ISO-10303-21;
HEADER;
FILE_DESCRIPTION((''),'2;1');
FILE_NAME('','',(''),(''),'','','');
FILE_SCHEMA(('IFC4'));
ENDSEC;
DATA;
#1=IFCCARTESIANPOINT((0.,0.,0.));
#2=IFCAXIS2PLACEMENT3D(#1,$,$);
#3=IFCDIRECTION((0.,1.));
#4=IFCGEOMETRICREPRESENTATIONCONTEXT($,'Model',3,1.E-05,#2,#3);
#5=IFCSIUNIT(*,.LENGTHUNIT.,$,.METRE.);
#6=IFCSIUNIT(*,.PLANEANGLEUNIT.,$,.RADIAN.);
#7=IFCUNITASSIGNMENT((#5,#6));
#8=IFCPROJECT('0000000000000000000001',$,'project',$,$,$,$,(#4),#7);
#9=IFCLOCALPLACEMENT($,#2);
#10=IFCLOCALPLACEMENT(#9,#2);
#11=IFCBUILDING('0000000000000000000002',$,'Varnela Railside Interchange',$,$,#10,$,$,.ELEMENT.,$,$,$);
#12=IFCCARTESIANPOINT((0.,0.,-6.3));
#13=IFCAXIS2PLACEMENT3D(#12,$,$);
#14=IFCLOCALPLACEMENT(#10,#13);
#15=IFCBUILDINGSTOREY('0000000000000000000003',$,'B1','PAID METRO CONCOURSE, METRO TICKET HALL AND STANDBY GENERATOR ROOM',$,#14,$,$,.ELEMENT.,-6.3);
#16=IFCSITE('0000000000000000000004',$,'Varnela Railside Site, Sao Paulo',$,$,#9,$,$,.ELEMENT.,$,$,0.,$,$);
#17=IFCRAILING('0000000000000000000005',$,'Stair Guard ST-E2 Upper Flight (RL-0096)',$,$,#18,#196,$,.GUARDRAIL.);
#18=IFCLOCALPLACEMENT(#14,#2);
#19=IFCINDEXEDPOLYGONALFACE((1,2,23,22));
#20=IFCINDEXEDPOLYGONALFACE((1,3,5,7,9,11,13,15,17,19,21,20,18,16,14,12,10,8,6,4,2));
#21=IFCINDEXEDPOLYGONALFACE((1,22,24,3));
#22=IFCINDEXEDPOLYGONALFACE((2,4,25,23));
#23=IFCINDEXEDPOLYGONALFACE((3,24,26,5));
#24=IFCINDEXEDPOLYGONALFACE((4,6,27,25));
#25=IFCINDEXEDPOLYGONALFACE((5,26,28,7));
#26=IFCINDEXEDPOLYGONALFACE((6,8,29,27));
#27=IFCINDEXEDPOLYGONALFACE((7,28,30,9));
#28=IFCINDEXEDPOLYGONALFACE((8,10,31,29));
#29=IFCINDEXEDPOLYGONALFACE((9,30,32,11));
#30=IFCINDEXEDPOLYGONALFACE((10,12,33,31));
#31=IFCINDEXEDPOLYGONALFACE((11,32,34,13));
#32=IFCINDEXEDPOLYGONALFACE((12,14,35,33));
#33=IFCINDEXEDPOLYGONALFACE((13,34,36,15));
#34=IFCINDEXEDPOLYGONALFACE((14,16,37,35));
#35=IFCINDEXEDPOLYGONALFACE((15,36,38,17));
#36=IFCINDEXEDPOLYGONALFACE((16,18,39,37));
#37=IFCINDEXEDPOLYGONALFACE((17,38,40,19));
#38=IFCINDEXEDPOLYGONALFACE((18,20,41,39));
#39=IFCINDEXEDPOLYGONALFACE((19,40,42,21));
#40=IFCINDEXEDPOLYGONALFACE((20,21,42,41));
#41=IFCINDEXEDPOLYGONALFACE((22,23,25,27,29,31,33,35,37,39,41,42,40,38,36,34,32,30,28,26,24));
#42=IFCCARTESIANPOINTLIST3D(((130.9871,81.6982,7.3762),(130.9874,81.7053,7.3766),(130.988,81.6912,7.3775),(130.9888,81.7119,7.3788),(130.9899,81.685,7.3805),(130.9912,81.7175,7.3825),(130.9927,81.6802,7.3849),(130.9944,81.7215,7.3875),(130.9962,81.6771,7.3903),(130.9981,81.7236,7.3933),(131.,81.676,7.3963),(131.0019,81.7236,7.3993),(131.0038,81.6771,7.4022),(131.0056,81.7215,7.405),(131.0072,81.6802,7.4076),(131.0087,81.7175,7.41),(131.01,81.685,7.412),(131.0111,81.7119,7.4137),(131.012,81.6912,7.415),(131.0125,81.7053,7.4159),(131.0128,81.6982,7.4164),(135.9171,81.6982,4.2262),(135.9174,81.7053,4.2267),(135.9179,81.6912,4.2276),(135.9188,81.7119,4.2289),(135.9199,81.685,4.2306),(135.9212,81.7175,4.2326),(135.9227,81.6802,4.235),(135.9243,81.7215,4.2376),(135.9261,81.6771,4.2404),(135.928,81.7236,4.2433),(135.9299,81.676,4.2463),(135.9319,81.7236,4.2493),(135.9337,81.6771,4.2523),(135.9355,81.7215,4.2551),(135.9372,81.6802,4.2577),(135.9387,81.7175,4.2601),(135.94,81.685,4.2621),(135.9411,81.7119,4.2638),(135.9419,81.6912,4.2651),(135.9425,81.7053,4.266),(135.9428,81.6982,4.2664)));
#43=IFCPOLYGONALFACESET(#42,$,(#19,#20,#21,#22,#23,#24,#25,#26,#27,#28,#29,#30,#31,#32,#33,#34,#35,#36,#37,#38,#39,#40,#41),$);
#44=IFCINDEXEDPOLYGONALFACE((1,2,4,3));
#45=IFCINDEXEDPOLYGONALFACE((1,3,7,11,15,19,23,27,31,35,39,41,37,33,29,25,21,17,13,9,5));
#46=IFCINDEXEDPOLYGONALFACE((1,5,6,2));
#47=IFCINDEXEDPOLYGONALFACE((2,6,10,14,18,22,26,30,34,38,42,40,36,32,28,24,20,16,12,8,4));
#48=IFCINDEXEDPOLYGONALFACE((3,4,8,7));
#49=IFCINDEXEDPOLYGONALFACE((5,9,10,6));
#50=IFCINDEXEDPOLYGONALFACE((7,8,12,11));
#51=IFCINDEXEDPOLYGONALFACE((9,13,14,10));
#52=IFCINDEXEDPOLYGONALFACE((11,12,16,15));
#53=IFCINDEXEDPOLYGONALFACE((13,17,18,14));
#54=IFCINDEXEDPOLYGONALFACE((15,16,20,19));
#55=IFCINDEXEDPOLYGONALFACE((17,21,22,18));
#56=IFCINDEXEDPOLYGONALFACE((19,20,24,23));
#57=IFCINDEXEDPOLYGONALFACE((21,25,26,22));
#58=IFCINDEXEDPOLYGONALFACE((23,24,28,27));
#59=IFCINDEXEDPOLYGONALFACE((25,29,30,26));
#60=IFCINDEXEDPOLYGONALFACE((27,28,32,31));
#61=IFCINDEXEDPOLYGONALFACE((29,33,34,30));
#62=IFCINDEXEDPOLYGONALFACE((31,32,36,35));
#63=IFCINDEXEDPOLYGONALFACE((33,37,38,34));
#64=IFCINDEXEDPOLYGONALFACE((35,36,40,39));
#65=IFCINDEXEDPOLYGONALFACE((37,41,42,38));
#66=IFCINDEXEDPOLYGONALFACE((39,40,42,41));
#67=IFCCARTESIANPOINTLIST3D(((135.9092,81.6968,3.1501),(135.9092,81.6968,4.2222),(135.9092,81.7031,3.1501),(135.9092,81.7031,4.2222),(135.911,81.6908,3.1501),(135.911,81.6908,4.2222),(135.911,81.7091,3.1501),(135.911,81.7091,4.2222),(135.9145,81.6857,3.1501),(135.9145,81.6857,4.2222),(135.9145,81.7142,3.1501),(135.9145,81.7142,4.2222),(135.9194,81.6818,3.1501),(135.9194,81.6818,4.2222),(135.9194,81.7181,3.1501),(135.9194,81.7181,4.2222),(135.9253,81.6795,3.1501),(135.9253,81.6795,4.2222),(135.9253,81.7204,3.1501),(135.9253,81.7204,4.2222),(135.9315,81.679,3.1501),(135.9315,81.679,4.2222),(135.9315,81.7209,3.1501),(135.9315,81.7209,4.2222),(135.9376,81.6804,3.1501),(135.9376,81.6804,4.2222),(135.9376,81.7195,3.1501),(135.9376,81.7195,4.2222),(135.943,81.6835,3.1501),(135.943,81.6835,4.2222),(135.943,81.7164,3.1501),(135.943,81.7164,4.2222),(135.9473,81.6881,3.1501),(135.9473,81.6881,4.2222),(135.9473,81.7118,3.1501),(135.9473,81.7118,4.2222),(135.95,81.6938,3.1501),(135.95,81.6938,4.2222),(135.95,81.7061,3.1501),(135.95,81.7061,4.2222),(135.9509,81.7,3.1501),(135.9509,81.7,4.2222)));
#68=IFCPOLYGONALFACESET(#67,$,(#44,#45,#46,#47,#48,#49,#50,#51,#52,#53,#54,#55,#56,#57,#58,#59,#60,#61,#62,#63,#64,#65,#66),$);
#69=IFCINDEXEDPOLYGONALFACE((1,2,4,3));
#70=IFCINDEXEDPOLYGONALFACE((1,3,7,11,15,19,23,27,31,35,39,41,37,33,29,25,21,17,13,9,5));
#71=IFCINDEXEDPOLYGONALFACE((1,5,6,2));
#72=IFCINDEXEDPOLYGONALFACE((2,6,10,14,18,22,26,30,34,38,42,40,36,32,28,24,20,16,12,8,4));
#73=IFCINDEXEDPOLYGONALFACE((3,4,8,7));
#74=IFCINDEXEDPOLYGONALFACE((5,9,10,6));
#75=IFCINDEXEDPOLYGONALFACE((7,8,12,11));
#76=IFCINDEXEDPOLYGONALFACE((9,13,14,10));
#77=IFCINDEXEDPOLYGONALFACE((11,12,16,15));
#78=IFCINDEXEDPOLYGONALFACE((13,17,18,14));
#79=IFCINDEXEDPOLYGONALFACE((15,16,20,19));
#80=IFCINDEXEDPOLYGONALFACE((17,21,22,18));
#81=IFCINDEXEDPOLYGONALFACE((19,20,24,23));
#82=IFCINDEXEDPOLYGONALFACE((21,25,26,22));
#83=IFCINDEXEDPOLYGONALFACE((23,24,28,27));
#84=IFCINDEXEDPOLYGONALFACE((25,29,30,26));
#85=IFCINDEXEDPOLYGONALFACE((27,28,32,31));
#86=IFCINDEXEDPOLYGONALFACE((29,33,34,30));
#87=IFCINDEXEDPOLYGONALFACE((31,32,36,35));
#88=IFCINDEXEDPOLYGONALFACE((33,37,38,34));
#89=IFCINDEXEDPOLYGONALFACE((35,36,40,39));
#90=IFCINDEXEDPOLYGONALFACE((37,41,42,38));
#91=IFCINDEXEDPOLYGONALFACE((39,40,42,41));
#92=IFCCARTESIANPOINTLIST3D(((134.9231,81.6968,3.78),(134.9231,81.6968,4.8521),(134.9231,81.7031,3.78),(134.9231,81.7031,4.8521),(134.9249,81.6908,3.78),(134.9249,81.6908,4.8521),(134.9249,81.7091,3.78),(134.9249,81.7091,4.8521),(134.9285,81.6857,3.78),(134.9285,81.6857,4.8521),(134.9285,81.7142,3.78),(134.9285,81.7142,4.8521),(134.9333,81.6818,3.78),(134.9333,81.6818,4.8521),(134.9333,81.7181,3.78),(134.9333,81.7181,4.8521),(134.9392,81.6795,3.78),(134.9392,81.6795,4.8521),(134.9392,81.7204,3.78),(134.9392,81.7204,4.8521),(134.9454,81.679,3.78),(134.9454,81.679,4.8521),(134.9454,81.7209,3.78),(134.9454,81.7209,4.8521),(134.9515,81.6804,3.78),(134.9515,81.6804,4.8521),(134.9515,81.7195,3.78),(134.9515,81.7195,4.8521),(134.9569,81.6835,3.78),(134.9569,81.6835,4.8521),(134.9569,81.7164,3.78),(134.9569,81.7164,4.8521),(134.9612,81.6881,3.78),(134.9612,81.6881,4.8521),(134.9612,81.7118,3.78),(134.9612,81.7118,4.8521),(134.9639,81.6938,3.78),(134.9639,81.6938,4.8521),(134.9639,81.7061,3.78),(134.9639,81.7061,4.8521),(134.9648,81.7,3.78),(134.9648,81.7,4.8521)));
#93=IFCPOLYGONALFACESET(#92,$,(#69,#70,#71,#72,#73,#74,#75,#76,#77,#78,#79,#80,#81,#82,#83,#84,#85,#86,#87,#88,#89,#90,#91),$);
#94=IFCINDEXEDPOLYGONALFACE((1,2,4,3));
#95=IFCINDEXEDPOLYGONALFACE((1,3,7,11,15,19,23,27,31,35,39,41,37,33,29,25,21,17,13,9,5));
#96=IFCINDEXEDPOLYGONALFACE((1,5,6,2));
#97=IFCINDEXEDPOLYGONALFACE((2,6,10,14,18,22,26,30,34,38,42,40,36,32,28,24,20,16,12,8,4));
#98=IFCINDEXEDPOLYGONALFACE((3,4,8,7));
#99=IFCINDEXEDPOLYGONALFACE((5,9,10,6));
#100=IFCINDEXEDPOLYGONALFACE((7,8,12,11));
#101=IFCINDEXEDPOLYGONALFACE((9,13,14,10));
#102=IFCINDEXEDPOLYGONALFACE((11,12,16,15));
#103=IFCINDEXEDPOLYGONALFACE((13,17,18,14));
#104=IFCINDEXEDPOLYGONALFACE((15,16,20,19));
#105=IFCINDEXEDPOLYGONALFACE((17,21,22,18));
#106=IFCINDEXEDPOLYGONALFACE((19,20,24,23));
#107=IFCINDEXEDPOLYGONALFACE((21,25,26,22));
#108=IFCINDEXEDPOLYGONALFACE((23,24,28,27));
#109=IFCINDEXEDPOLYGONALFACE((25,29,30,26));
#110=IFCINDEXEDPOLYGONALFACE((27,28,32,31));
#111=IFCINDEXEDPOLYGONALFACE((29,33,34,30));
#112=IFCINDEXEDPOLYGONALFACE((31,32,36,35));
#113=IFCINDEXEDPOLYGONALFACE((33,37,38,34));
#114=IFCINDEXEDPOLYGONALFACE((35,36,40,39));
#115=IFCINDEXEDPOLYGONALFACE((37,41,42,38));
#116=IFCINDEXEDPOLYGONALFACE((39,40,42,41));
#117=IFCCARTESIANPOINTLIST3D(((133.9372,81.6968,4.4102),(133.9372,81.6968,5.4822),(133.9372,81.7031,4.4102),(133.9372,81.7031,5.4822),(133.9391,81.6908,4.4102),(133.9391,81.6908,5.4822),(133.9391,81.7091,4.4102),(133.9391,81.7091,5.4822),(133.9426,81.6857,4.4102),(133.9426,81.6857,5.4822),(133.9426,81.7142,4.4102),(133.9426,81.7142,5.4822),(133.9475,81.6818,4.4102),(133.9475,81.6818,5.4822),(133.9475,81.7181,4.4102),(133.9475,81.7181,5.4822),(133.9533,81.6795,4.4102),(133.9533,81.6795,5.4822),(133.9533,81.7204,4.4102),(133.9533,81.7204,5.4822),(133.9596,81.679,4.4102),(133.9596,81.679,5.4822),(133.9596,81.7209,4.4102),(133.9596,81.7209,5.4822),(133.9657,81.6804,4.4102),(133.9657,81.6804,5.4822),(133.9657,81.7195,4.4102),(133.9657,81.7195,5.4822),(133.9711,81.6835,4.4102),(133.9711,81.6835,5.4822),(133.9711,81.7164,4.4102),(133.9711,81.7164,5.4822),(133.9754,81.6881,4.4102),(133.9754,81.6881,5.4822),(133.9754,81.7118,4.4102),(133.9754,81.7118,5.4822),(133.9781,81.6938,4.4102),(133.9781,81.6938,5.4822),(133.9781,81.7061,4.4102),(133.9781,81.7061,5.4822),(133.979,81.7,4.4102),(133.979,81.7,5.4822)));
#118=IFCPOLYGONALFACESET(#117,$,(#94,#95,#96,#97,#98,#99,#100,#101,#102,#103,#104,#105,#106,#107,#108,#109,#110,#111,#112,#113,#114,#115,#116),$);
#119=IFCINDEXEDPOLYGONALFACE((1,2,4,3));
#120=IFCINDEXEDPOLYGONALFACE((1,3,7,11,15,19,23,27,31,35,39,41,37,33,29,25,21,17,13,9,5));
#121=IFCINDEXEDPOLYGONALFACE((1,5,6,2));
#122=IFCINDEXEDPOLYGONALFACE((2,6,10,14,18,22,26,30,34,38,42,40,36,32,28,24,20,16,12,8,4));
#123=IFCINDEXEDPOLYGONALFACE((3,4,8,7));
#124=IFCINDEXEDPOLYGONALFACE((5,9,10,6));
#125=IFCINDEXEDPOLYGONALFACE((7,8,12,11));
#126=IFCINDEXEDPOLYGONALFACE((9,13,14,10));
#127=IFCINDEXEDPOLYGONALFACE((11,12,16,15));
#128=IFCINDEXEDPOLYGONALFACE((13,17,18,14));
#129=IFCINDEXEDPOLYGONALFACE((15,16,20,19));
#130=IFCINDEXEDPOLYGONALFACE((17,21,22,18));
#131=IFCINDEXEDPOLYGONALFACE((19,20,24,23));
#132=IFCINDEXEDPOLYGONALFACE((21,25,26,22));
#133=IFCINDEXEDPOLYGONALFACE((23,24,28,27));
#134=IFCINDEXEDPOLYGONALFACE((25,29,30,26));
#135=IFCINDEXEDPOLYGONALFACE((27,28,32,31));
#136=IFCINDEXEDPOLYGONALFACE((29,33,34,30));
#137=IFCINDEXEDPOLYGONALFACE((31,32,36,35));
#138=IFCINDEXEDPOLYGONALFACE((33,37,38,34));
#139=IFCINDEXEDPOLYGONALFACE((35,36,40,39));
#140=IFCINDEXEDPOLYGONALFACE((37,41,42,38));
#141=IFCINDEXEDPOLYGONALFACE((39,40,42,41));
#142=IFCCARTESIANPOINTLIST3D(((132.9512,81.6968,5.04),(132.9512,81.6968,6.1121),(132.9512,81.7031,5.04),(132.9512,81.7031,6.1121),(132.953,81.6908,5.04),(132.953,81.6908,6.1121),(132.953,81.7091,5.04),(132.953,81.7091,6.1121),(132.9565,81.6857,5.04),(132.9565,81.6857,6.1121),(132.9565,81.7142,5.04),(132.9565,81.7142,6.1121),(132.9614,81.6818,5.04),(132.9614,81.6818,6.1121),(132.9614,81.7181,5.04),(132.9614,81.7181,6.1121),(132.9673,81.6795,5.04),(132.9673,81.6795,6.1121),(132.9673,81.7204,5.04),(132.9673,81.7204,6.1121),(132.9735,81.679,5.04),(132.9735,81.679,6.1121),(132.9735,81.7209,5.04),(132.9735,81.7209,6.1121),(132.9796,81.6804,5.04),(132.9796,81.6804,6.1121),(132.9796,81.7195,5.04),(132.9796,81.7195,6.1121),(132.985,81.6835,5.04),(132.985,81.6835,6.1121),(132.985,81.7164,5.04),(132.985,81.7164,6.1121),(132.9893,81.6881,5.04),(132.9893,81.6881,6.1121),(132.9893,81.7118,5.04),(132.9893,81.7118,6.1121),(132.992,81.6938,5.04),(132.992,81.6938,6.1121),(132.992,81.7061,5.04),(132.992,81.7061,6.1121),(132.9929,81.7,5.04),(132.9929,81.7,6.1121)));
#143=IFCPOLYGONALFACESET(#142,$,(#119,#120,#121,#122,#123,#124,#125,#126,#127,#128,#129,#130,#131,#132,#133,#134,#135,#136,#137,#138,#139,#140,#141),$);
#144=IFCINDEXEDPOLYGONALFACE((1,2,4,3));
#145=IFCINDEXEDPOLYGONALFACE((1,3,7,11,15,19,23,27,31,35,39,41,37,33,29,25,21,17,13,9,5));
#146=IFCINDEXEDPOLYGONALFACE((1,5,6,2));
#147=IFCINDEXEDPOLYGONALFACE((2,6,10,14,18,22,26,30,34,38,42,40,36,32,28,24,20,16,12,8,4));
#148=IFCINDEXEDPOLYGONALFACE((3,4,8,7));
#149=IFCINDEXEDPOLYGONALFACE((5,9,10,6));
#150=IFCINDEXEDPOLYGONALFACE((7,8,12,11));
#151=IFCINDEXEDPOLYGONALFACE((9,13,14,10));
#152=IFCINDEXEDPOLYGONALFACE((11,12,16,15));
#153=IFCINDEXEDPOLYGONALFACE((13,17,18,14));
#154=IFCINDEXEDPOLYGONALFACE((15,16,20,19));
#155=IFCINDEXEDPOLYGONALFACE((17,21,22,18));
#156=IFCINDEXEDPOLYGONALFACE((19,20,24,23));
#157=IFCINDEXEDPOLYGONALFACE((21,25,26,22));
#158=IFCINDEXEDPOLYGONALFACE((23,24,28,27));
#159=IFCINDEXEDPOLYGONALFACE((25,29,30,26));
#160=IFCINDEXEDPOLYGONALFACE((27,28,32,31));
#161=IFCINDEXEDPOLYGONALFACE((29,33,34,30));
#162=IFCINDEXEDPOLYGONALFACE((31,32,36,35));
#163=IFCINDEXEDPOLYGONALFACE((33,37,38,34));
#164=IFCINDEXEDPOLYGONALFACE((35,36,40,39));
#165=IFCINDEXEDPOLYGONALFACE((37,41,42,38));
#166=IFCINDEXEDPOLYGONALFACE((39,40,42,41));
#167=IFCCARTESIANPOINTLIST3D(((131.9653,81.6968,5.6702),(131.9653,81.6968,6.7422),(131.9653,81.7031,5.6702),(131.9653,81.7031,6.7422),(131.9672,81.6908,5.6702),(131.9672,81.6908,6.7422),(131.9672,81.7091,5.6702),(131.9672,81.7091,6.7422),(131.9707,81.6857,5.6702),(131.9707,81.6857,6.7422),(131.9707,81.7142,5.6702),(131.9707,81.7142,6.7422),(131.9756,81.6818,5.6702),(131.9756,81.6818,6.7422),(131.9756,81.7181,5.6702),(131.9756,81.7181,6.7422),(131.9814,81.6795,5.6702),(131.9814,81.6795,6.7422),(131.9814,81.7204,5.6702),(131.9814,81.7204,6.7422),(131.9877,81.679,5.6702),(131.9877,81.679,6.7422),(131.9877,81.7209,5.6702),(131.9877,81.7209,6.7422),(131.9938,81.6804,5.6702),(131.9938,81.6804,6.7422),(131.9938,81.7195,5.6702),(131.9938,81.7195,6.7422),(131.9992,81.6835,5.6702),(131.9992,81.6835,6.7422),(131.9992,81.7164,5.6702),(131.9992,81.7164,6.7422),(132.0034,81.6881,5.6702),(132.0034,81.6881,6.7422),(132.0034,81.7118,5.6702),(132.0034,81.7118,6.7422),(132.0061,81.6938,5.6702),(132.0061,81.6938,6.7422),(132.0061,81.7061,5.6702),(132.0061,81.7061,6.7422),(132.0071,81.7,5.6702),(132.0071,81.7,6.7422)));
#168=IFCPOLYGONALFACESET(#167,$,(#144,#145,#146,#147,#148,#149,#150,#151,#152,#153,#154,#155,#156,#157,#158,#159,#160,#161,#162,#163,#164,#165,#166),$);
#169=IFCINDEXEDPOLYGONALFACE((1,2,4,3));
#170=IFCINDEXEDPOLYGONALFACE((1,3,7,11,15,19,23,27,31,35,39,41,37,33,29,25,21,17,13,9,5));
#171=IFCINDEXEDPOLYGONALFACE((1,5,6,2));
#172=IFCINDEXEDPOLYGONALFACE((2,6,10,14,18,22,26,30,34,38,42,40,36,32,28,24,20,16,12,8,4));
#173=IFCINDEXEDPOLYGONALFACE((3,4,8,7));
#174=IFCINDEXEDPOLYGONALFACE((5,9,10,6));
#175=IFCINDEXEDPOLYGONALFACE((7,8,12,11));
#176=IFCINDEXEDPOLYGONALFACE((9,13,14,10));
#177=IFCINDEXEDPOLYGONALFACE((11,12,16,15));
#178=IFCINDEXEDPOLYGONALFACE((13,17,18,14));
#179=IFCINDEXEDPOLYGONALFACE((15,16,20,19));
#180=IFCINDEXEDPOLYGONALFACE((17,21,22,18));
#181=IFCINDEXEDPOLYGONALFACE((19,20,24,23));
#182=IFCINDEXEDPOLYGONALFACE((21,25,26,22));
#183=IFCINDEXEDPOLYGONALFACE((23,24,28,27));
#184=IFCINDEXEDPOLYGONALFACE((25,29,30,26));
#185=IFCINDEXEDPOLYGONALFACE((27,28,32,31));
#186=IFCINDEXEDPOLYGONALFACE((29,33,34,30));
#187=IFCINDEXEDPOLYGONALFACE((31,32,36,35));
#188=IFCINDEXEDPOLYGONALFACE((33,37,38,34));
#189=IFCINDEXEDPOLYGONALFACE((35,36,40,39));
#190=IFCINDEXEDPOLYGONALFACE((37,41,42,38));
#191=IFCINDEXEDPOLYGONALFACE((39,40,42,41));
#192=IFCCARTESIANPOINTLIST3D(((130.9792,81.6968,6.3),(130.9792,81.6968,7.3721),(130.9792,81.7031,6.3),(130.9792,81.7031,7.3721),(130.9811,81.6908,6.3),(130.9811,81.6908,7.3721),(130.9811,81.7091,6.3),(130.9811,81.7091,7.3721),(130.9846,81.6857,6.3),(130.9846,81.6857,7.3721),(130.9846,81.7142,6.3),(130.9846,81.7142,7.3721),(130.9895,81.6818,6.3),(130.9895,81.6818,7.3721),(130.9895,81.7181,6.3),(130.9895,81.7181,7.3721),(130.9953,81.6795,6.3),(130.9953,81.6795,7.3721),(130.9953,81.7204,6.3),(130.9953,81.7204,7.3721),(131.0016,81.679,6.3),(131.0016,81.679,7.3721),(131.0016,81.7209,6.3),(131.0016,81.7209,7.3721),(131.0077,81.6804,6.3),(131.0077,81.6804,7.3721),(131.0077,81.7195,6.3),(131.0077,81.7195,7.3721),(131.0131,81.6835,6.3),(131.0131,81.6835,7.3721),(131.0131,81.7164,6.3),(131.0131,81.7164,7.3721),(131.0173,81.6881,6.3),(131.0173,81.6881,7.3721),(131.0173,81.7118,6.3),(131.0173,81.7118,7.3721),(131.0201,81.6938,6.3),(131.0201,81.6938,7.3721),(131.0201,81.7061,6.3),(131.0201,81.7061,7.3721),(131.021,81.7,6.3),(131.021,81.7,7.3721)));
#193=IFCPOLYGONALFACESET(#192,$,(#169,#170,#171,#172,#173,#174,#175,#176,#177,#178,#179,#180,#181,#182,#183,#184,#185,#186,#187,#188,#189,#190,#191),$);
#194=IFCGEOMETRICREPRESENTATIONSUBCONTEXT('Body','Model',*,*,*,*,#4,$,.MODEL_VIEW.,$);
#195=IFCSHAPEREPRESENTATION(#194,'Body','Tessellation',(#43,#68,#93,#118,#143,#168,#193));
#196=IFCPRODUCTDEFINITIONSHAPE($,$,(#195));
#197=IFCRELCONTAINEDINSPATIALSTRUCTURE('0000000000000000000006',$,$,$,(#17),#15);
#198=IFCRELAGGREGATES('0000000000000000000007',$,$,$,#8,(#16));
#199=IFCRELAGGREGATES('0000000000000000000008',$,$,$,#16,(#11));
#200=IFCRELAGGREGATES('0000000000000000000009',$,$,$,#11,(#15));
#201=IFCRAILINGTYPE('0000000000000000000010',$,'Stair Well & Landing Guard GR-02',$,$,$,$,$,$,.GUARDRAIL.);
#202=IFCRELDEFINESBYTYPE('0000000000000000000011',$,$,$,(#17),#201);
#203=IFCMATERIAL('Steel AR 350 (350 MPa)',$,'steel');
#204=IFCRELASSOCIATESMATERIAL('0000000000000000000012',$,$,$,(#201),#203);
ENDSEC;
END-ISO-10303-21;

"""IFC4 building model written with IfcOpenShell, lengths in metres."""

from ifc_helpers import new_model, si_unit, direction, frame, origin, origin_2d, place, context, subcontext, project, spatial, circle, extrude, material, type_object, element, save


model = new_model("IFC4")

# Units and contexts
model_context = context("Model", 3, precision=1e-05, world=origin(), true_north=direction((0.0, 1.0)))
body_context = subcontext(model_context, "Body", "Model", "MODEL_VIEW")
ifc_project = project(units=[si_unit("LENGTHUNIT", "METRE"), si_unit("PLANEANGLEUNIT", "RADIAN")], contexts=[model_context])

# Site, building, storey
site_placement = place(None, origin())
site = spatial("IfcSite", under=ifc_project, at=site_placement, Name="Varnela Railside Site, Sao Paulo", CompositionType="ELEMENT", RefElevation=0.0)
building_placement = place(site_placement, origin())
building = spatial("IfcBuilding", under=site, at=building_placement, Name="Varnela Railside Interchange", CompositionType="ELEMENT")
storey_placement = place(building_placement, frame((0.0, 0.0, -6.3)))
storey = spatial("IfcBuildingStorey", under=building, at=storey_placement, Name="B1", Description="PAID METRO CONCOURSE, METRO TICKET HALL AND STANDBY GENERATOR ROOM", CompositionType="ELEMENT", Elevation=-6.3)

# Shared definitions
ifc_material_1 = material(Name="Steel AR 350 (350 MPa)", Category="steel")

# Railing
railing_type_1 = type_object("IfcRailingType", Name="Stair Well & Landing Guard GR-02", PredefinedType="GUARDRAIL", material=ifc_material_1)
railing_1_placement = place(storey_placement, frame((135.9299, 81.7, 3.1501)))
element("IfcRailing", 1, at=railing_1_placement, inside=storey, type_object=railing_type_1, Name="Stair Guard ST-E2 Upper Flight (RL-0096)", PredefinedType="GUARDRAIL", context=body_context, shape_type="SweptSolid", body=[
    extrude(circle(Radius=0.0239, at=origin_2d()), frame((0.0, 0.0, 1.0962), z_axis=(-0.842679, 0.0, 0.538416), x_axis=(0.0, -1.0, 0.0)), (0.0, 0.0, 1.0), 5.8503),
    extrude(circle(Radius=0.021, at=origin_2d()), origin(), (0.0, 0.0, 1.0), 1.072),
    extrude(circle(Radius=0.021, at=origin_2d()), frame((-0.9861, 0.0, 0.6299)), (0.0, 0.0, 1.0), 1.072),
    extrude(circle(Radius=0.021, at=origin_2d()), frame((-1.9719, 0.0, 1.26)), (0.0, 0.0, 1.0), 1.072),
    extrude(circle(Radius=0.021, at=origin_2d()), frame((-2.958, 0.0, 1.8899)), (0.0, 0.0, 1.0), 1.072),
    extrude(circle(Radius=0.021, at=origin_2d()), frame((-3.9438, 0.0, 2.52)), (0.0, 0.0, 1.0), 1.072),
    extrude(circle(Radius=0.021, at=origin_2d()), frame((-4.9299, 0.0, 3.1499)), (0.0, 0.0, 1.0), 1.072),
])

save(model, "model.ifc")
